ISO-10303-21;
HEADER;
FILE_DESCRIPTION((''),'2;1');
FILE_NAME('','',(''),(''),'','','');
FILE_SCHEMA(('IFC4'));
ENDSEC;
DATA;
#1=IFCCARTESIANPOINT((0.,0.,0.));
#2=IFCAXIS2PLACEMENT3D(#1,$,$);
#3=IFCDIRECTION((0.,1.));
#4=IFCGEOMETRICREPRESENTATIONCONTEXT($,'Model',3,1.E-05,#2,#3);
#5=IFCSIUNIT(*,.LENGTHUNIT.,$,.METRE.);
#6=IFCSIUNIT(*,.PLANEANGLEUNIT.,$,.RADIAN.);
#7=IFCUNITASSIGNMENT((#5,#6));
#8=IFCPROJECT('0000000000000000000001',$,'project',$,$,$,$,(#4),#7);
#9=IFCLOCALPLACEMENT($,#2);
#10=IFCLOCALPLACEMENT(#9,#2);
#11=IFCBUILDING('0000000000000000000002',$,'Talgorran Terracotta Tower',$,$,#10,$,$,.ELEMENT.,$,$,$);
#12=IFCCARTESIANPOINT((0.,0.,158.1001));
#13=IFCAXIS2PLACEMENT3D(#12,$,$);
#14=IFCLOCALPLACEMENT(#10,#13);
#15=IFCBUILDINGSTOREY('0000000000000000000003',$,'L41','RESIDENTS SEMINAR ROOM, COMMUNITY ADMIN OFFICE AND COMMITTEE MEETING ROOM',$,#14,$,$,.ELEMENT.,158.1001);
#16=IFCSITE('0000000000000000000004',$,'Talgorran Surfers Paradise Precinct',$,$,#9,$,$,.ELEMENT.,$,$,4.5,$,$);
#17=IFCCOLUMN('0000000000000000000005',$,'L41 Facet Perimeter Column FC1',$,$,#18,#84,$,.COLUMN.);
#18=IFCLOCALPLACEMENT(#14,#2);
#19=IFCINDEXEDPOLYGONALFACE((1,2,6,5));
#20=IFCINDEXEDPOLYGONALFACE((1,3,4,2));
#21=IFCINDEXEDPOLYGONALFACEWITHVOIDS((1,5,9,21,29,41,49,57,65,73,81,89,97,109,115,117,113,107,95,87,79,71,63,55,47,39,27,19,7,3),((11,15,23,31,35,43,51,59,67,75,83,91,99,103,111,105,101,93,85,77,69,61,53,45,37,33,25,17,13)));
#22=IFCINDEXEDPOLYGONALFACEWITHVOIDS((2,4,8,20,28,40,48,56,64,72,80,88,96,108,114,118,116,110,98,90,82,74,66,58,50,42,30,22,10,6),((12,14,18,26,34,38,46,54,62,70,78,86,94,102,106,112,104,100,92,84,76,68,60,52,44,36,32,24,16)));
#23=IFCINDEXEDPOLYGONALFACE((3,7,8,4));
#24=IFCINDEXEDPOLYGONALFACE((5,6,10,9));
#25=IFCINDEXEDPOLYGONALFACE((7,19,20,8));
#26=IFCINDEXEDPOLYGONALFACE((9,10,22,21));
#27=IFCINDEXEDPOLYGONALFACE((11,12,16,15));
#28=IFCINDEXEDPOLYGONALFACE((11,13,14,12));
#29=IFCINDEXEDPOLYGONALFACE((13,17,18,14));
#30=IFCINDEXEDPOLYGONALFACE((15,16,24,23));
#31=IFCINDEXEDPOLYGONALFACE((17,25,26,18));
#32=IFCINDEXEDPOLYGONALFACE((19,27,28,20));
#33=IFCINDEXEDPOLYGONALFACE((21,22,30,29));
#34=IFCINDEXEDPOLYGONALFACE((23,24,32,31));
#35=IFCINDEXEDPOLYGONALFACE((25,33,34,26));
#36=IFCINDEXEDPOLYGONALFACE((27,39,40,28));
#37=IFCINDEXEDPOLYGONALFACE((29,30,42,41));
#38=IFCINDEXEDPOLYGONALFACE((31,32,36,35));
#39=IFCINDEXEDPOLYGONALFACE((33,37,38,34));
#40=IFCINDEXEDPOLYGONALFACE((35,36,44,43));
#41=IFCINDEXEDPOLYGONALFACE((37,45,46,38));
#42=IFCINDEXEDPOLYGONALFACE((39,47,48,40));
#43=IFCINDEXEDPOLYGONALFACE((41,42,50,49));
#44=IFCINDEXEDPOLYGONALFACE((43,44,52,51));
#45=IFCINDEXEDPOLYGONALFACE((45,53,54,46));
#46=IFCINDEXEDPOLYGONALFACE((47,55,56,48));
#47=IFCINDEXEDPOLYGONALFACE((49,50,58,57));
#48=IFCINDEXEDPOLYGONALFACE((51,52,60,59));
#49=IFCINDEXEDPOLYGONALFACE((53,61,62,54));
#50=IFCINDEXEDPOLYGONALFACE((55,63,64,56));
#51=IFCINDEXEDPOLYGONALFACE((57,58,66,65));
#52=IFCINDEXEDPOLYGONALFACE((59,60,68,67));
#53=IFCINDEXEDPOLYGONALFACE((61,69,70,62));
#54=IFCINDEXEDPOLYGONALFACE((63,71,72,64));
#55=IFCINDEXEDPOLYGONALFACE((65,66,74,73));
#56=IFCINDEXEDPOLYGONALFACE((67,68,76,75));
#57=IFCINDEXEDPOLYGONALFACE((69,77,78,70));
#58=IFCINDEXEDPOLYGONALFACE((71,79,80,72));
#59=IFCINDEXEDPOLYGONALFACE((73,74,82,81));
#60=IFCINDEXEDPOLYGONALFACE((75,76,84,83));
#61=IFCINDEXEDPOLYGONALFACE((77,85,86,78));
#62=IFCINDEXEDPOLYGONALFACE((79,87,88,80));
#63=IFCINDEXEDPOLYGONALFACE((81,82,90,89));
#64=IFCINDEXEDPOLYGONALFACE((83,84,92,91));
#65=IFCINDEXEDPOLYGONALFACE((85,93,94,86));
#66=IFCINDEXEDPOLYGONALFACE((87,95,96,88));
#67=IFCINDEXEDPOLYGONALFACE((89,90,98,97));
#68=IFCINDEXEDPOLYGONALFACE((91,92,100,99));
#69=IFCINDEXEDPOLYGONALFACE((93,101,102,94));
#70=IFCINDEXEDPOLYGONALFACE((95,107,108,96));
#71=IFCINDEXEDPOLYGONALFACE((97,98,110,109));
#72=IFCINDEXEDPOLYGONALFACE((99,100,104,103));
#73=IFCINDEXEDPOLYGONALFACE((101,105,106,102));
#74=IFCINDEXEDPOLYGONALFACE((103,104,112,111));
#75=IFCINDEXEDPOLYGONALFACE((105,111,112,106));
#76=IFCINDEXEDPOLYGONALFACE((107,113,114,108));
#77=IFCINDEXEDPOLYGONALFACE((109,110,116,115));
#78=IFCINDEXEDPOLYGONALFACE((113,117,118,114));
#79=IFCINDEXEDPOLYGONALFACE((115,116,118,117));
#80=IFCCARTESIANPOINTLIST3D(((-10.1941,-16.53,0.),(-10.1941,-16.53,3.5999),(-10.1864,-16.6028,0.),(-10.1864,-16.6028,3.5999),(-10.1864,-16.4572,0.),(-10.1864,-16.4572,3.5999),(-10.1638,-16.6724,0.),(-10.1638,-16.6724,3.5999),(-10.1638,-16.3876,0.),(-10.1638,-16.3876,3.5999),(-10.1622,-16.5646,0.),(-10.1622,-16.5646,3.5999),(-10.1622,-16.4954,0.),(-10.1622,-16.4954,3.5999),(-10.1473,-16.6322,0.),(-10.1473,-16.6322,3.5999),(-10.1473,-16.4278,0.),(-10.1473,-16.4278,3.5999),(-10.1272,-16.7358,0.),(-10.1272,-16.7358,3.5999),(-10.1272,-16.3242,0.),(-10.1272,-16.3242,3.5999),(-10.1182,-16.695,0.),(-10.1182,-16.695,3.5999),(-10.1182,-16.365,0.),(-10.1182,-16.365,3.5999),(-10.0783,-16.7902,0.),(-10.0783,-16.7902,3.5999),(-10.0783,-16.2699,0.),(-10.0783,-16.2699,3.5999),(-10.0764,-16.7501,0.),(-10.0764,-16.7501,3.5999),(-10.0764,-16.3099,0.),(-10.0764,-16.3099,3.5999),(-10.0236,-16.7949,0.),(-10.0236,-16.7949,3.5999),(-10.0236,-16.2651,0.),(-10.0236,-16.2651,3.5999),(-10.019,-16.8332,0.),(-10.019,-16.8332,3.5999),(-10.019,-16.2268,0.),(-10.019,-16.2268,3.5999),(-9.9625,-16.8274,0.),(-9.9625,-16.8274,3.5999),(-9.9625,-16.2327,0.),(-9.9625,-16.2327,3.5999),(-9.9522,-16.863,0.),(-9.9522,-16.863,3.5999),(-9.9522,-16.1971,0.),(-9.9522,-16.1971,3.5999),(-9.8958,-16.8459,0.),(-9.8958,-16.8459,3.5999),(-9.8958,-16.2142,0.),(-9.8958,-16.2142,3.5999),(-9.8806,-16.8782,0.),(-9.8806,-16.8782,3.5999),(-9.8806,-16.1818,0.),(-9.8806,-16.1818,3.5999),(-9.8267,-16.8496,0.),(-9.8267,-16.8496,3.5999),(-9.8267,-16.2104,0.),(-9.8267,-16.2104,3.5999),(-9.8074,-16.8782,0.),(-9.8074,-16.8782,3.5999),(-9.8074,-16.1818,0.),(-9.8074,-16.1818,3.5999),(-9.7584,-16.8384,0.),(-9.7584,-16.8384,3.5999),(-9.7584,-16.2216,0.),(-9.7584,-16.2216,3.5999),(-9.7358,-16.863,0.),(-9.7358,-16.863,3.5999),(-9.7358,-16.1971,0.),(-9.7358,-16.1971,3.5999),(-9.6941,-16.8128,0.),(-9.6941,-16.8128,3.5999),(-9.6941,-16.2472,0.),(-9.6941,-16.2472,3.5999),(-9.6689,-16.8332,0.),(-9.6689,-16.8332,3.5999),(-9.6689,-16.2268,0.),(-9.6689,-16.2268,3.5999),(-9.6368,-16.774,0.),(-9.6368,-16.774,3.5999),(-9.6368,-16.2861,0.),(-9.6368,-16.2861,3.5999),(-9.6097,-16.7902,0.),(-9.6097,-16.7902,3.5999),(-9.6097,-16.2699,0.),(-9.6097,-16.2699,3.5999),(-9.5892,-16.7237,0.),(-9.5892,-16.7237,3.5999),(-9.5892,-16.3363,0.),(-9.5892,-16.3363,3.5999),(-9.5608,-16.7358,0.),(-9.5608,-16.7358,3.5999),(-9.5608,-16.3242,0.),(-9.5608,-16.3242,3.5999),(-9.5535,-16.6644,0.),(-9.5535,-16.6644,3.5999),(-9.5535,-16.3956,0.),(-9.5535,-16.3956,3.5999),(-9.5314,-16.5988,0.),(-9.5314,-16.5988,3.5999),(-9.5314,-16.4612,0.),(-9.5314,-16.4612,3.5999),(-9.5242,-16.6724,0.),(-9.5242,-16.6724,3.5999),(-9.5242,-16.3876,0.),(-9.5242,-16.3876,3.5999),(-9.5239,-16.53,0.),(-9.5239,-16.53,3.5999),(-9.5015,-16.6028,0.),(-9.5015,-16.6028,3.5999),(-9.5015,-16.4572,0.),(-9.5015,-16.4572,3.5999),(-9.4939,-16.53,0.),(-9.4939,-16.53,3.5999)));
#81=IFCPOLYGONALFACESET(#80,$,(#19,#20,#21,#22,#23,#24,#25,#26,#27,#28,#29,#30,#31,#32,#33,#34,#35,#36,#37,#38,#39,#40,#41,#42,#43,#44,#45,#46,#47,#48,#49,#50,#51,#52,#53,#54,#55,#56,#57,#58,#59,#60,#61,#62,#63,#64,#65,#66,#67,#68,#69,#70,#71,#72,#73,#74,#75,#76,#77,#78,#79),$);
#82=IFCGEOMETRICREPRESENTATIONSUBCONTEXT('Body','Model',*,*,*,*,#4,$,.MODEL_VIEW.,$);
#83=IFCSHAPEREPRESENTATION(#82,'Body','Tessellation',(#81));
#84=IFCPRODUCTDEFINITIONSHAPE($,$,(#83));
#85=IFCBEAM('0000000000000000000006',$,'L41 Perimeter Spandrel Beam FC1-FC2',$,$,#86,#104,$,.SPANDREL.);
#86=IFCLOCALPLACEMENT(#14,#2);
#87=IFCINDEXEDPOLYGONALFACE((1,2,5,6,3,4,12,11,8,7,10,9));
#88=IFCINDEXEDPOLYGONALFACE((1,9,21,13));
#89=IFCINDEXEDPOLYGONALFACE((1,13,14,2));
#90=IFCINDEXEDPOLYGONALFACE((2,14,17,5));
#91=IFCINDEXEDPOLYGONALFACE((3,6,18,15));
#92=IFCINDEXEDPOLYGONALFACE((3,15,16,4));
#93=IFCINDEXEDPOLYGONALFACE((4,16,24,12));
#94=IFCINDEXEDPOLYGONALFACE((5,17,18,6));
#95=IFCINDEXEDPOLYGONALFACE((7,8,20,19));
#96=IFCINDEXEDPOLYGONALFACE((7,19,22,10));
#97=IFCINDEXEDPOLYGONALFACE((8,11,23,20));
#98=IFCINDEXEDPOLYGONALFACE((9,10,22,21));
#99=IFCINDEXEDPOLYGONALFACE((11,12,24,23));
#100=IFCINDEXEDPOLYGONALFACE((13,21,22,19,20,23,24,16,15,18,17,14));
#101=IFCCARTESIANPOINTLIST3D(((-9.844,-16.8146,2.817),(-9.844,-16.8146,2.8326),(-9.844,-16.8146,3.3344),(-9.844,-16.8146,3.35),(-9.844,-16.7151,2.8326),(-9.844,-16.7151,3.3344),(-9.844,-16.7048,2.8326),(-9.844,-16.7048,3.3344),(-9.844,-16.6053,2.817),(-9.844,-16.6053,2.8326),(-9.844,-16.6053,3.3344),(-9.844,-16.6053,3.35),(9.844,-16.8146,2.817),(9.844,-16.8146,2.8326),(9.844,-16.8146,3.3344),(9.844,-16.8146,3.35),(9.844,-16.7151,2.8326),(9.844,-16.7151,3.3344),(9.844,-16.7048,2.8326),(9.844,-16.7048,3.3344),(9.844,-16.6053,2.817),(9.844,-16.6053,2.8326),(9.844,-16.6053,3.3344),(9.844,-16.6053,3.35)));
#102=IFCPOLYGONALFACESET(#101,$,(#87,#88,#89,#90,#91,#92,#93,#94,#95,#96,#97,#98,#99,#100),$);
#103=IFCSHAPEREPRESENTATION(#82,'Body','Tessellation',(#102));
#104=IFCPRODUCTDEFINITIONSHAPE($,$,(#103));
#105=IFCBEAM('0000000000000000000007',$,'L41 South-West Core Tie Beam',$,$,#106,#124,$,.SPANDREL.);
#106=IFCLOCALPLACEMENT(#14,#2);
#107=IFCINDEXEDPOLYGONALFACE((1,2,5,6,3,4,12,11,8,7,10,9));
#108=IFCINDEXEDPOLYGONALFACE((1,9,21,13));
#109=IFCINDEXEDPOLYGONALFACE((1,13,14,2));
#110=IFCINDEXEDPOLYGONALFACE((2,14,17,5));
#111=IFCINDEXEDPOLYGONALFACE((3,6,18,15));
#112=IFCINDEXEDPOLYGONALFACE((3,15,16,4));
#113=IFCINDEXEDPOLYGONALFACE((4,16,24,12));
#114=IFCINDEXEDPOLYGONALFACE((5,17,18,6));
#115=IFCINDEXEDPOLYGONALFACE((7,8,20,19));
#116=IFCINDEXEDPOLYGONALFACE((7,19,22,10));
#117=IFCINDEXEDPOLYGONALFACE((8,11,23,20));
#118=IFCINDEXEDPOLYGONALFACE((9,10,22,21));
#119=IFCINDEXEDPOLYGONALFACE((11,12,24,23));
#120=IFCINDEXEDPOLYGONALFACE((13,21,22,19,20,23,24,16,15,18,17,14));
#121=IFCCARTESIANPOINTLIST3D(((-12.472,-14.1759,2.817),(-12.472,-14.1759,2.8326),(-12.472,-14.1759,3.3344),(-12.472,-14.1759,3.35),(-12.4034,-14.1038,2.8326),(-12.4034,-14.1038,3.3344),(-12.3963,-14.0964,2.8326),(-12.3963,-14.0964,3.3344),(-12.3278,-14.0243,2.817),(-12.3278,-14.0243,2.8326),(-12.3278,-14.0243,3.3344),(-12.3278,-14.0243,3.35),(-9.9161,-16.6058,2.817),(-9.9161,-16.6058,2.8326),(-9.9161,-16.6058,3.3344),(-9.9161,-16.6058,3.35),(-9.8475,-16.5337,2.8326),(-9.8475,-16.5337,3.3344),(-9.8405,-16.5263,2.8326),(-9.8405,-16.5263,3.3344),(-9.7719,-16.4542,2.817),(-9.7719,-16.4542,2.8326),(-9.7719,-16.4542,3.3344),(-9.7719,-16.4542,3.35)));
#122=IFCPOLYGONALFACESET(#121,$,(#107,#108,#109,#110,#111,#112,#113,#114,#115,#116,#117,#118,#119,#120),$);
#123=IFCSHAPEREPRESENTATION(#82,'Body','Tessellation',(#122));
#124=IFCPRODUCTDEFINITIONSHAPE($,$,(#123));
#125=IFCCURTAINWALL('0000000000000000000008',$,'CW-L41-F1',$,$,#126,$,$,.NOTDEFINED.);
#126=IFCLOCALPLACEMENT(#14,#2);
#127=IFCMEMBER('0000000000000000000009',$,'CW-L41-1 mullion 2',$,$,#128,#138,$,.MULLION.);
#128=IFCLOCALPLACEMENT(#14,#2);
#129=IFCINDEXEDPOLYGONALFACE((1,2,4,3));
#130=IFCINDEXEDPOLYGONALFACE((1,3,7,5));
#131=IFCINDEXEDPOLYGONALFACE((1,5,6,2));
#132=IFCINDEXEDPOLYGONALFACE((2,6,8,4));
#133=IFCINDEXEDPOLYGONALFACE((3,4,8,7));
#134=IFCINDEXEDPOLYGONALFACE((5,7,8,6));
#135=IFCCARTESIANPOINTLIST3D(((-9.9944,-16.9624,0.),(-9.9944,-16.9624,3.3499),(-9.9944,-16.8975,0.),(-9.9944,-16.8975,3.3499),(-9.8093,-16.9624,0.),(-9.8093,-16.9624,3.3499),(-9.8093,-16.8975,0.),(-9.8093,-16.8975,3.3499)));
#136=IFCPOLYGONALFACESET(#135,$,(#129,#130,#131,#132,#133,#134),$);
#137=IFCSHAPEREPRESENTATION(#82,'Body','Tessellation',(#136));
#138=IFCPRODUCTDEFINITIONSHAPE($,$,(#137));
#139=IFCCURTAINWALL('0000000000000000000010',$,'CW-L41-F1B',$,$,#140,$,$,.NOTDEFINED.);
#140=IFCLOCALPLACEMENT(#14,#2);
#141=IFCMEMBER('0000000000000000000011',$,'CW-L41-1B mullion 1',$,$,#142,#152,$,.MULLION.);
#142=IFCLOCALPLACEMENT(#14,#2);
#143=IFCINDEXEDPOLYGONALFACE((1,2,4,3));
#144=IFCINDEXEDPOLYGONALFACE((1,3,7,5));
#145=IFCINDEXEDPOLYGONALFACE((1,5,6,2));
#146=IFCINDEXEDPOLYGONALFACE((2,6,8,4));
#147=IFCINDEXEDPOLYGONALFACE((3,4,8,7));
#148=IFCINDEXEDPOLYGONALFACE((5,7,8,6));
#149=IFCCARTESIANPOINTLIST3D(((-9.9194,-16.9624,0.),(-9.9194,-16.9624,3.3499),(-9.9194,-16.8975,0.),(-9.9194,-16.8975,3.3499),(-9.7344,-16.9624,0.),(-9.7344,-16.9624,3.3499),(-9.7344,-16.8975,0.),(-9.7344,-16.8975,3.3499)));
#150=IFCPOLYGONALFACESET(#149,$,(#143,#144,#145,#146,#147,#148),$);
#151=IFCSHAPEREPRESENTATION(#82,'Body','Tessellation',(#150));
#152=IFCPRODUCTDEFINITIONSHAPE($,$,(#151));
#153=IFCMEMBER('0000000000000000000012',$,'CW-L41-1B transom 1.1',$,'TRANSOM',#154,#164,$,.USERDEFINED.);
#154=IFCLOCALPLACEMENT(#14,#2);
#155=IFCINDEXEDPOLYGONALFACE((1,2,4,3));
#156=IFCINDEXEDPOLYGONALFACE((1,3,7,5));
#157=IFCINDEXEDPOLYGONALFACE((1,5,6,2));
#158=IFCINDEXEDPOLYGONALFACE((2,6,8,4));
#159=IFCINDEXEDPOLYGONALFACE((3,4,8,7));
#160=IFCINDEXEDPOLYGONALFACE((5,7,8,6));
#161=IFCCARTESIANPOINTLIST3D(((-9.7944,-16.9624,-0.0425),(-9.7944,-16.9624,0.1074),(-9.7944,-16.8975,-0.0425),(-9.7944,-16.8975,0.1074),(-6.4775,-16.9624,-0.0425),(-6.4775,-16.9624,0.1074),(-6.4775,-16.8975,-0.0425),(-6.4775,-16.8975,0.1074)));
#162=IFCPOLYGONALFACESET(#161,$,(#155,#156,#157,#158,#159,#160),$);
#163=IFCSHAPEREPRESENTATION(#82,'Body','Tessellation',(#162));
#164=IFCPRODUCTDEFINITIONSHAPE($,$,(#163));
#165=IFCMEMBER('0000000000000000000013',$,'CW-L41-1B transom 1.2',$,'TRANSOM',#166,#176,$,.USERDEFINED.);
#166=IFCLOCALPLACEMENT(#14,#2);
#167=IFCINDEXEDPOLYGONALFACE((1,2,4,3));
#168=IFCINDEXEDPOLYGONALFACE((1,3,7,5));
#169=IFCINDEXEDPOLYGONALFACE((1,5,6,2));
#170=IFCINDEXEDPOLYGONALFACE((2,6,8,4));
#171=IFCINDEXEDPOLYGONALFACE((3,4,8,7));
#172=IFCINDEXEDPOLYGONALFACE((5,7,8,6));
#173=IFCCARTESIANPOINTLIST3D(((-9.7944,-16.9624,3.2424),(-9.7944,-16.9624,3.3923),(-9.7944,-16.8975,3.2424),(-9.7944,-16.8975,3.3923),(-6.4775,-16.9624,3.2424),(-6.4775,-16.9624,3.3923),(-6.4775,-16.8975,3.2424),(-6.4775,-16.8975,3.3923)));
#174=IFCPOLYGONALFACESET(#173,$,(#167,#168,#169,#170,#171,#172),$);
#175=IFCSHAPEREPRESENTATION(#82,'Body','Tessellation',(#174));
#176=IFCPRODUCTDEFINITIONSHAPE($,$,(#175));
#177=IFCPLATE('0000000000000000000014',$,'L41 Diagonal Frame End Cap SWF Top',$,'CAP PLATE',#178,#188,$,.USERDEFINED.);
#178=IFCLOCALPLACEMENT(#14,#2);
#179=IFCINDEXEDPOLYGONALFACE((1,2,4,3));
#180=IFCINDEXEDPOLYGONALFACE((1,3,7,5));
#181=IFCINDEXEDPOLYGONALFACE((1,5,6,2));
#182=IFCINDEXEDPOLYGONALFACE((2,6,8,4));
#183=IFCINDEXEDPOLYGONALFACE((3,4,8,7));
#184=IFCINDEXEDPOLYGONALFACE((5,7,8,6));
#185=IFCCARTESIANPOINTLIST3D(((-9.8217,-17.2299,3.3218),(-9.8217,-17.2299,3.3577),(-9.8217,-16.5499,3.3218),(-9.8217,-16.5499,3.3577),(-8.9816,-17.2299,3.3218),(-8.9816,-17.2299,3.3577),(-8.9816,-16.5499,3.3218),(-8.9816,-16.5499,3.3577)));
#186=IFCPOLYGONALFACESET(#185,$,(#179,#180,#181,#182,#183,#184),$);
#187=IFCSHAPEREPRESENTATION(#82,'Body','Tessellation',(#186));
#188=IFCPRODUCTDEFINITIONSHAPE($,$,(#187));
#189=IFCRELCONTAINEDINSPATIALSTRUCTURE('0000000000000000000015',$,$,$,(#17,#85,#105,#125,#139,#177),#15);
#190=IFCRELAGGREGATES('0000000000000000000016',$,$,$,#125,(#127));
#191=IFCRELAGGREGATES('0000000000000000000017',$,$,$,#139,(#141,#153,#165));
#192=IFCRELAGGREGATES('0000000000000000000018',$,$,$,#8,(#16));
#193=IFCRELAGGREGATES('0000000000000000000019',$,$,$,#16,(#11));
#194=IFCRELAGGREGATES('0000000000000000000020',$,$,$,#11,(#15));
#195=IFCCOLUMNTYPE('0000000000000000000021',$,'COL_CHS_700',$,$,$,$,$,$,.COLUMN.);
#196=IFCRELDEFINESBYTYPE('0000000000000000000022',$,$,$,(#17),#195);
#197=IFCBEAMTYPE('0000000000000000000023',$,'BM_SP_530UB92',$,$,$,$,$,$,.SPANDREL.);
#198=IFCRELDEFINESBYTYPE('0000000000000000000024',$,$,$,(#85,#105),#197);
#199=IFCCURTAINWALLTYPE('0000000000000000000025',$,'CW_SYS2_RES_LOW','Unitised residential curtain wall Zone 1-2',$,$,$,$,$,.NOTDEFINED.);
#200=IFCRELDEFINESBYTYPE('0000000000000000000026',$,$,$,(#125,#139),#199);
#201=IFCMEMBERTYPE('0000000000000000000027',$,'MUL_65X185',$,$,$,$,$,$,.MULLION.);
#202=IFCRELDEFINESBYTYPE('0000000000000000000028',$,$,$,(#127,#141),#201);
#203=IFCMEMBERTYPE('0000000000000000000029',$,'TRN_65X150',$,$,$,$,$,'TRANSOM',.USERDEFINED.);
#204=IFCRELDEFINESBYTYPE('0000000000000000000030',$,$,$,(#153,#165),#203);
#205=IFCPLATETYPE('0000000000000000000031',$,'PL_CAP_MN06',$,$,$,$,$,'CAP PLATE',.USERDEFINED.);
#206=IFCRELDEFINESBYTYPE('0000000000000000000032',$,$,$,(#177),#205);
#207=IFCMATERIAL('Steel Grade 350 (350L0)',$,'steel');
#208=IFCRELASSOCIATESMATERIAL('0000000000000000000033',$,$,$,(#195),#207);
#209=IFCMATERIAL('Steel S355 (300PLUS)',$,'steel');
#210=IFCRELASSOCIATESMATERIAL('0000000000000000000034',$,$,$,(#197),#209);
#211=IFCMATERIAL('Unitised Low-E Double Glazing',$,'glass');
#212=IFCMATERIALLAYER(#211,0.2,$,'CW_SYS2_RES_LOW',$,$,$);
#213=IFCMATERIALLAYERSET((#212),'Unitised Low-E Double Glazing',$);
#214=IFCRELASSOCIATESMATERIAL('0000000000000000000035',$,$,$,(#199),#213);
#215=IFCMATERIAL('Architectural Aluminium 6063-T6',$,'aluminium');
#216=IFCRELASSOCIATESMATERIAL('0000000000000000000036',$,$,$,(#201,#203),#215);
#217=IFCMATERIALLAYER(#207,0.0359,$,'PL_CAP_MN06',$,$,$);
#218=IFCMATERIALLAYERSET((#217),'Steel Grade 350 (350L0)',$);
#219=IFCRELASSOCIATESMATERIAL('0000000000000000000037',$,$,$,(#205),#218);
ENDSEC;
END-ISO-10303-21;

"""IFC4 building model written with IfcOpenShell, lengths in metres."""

from ifc_helpers import new_model, si_unit, direction, frame, origin, origin_2d, place, context, subcontext, project, spatial, rectangle, hollow_circle, i_section, extrude, material, layer, layer_set, material_profile, profile_set, type_object, element, aggregate, save


model = new_model("IFC4")

# Units and contexts
model_context = context("Model", 3, precision=1e-05, world=origin(), true_north=direction((0.0, 1.0)))
body_context = subcontext(model_context, "Body", "Model", "MODEL_VIEW")
ifc_project = project(units=[si_unit("LENGTHUNIT", "METRE"), si_unit("PLANEANGLEUNIT", "RADIAN")], contexts=[model_context])

# Site, building, storey
site_placement = place(None, origin())
site = spatial("IfcSite", under=ifc_project, at=site_placement, Name="Talgorran Surfers Paradise Precinct", CompositionType="ELEMENT", RefElevation=4.5)
building_placement = place(site_placement, origin())
building = spatial("IfcBuilding", under=site, at=building_placement, Name="Talgorran Terracotta Tower", CompositionType="ELEMENT")
storey_placement = place(building_placement, frame((0.0, 0.0, 158.1001)))
storey = spatial("IfcBuildingStorey", under=building, at=storey_placement, Name="L41", Description="RESIDENTS SEMINAR ROOM, COMMUNITY ADMIN OFFICE AND COMMITTEE MEETING ROOM", CompositionType="ELEMENT", Elevation=158.1001)

# Column
ifc_material_1 = material(Name="Steel Grade 350 (350L0)", Category="steel")
ifc_material_profile_1 = material_profile(ifc_material_1, hollow_circle(Radius=0.3501, WallThickness=0.03, at=origin_2d()), Name="CHS700X30")
ifc_profile_set_1 = profile_set([ifc_material_profile_1], Name="Steel Grade 350 (350L0)")
column_type = type_object("IfcColumnType", Name="COL_CHS_700", PredefinedType="COLUMN", material=ifc_profile_set_1)
column_placement = place(storey_placement, frame((-9.844, -16.53, 0.0), z_axis=(0.0, 0.0, 1.0), x_axis=(1.0, 0.0, 0.0)))
element("IfcColumn", 1, at=column_placement, inside=storey, type_object=column_type, Name="L41 Facet Perimeter Column FC1", PredefinedType="COLUMN", context=body_context, shape_type="SweptSolid", body=[
    extrude(hollow_circle(Radius=0.3501, WallThickness=0.03, at=origin_2d()), origin(), (0.0, 0.0, 1.0), 3.5999),
])

# Beams
ifc_material_2 = material(Name="Steel S355 (300PLUS)", Category="steel")
ifc_material_profile_2 = material_profile(ifc_material_2, i_section(OverallWidth=0.2092, OverallDepth=0.533, WebThickness=0.0103, FlangeThickness=0.0156, at=origin_2d()), Name="530UB92.4")
ifc_profile_set_2 = profile_set([ifc_material_profile_2], Name="Steel S355 (300PLUS)")
beam_type = type_object("IfcBeamType", Name="BM_SP_530UB92", PredefinedType="SPANDREL", material=ifc_profile_set_2)
beam_1_placement = place(storey_placement, frame((-9.844, -16.71, 3.0835), z_axis=(1.0, 0.0, 0.0), x_axis=(0.0, 1.0, 0.0)))
element("IfcBeam", 2, at=beam_1_placement, inside=storey, type_object=beam_type, Name="L41 Perimeter Spandrel Beam FC1-FC2", PredefinedType="SPANDREL", context=body_context, shape_type="SweptSolid", body=[
    extrude(i_section(OverallWidth=0.2092, OverallDepth=0.533, WebThickness=0.0103, FlangeThickness=0.0156, at=origin_2d()), origin(), (0.0, 0.0, 1.0), 19.688),
])
beam_2_placement = place(storey_placement, frame((-9.844, -16.53, 3.0835), z_axis=(-0.724742, 0.689021, 0.0), x_axis=(-0.689021, -0.724742, 0.0)))
element("IfcBeam", 3, at=beam_2_placement, inside=storey, type_object=beam_type, Name="L41 South-West Core Tie Beam", PredefinedType="SPANDREL", context=body_context, shape_type="SweptSolid", body=[
    extrude(i_section(OverallWidth=0.2092, OverallDepth=0.533, WebThickness=0.0103, FlangeThickness=0.0156, at=origin_2d()), origin(), (0.0, 0.0, 1.0), 3.5266),
])

# Curtain wall, member
ifc_material_3 = material(Name="Unitised Low-E Double Glazing", Category="glass")
ifc_layer_1 = layer(ifc_material_3, 0.2, Name="CW_SYS2_RES_LOW")
ifc_layer_set_1 = layer_set([ifc_layer_1], Name="Unitised Low-E Double Glazing")
curtain_wall_type = type_object("IfcCurtainWallType", Name="CW_SYS2_RES_LOW", Description="Unitised residential curtain wall Zone 1-2", PredefinedType="NOTDEFINED", material=ifc_layer_set_1)
curtain_wall_1_placement = place(storey_placement, origin())
curtain_wall_1 = element("IfcCurtainWall", 4, at=curtain_wall_1_placement, inside=storey, type_object=curtain_wall_type, Name="CW-L41-F1", PredefinedType="NOTDEFINED")
ifc_material_4 = material(Name="Architectural Aluminium 6063-T6", Category="aluminium")
ifc_material_profile_3 = material_profile(ifc_material_4, rectangle(XDim=0.0649, YDim=0.1851, at=origin_2d()), Name="CWM65X185")
ifc_profile_set_3 = profile_set([ifc_material_profile_3], Name="Architectural Aluminium 6063-T6")
member_type_1 = type_object("IfcMemberType", Name="MUL_65X185", PredefinedType="MULLION", material=ifc_profile_set_3)
member_1_placement = place(storey_placement, frame((-9.9019, -16.9299, 0.0), z_axis=(0.0, 0.0, 1.0), x_axis=(0.0, 1.0, 0.0)))
member_1 = element("IfcMember", 5, at=member_1_placement, type_object=member_type_1, Name="CW-L41-1 mullion 2", PredefinedType="MULLION", context=body_context, shape_type="SweptSolid", body=[
    extrude(rectangle(XDim=0.0649, YDim=0.1851, at=origin_2d()), origin(), (0.0, 0.0, 1.0), 3.3499),
])
aggregate(curtain_wall_1, [member_1])

# Curtain wall, members
curtain_wall_2_placement = place(storey_placement, origin())
curtain_wall_2 = element("IfcCurtainWall", 6, at=curtain_wall_2_placement, inside=storey, type_object=curtain_wall_type, Name="CW-L41-F1B", PredefinedType="NOTDEFINED")
member_2_placement = place(storey_placement, frame((-9.8269, -16.9299, 0.0), z_axis=(0.0, 0.0, 1.0), x_axis=(0.0, 1.0, 0.0)))
member_2 = element("IfcMember", 7, at=member_2_placement, type_object=member_type_1, Name="CW-L41-1B mullion 1", PredefinedType="MULLION", context=body_context, shape_type="SweptSolid", body=[
    extrude(rectangle(XDim=0.0649, YDim=0.1851, at=origin_2d()), origin(), (0.0, 0.0, 1.0), 3.3499),
])
ifc_material_profile_4 = material_profile(ifc_material_4, rectangle(XDim=0.0649, YDim=0.1499, at=origin_2d()), Name="CWT65X150")
ifc_profile_set_4 = profile_set([ifc_material_profile_4], Name="Architectural Aluminium 6063-T6")
member_type_2 = type_object("IfcMemberType", Name="TRN_65X150", ElementType="TRANSOM", PredefinedType="USERDEFINED", material=ifc_profile_set_4)
member_3_placement = place(storey_placement, frame((-9.7944, -16.9299, 0.0325), z_axis=(1.0, 0.0, 0.0), x_axis=(0.0, 1.0, 0.0)))
member_3 = element("IfcMember", 8, at=member_3_placement, type_object=member_type_2, Name="CW-L41-1B transom 1.1", ObjectType="TRANSOM", PredefinedType="USERDEFINED", context=body_context, shape_type="SweptSolid", body=[
    extrude(rectangle(XDim=0.0649, YDim=0.1499, at=origin_2d()), origin(), (0.0, 0.0, 1.0), 3.3169),
])
member_4_placement = place(storey_placement, frame((-9.7944, -16.9299, 3.3174), z_axis=(1.0, 0.0, 0.0), x_axis=(0.0, 1.0, 0.0)))
member_4 = element("IfcMember", 9, at=member_4_placement, type_object=member_type_2, Name="CW-L41-1B transom 1.2", ObjectType="TRANSOM", PredefinedType="USERDEFINED", context=body_context, shape_type="SweptSolid", body=[
    extrude(rectangle(XDim=0.0649, YDim=0.1499, at=origin_2d()), origin(), (0.0, 0.0, 1.0), 3.3169),
])
aggregate(curtain_wall_2, [member_2, member_3, member_4])

# Plate
ifc_layer_2 = layer(ifc_material_1, 0.0359, Name="PL_CAP_MN06")
ifc_layer_set_2 = layer_set([ifc_layer_2], Name="Steel Grade 350 (350L0)")
plate_type = type_object("IfcPlateType", Name="PL_CAP_MN06", ElementType="CAP PLATE", PredefinedType="USERDEFINED", material=ifc_layer_set_2)
plate_placement = place(storey_placement, frame((-9.4016, -16.8899, 3.3218), z_axis=(0.0, 0.0, 1.0), x_axis=(-1.0, 0.0, 0.0)))
element("IfcPlate", 10, at=plate_placement, inside=storey, type_object=plate_type, Name="L41 Diagonal Frame End Cap SWF Top", ObjectType="CAP PLATE", PredefinedType="USERDEFINED", context=body_context, shape_type="SweptSolid", body=[
    extrude(rectangle(XDim=0.8401, YDim=0.6799, at=origin_2d()), origin(), (0.0, 0.0, 1.0), 0.0359),
])

save(model, "model.ifc")
